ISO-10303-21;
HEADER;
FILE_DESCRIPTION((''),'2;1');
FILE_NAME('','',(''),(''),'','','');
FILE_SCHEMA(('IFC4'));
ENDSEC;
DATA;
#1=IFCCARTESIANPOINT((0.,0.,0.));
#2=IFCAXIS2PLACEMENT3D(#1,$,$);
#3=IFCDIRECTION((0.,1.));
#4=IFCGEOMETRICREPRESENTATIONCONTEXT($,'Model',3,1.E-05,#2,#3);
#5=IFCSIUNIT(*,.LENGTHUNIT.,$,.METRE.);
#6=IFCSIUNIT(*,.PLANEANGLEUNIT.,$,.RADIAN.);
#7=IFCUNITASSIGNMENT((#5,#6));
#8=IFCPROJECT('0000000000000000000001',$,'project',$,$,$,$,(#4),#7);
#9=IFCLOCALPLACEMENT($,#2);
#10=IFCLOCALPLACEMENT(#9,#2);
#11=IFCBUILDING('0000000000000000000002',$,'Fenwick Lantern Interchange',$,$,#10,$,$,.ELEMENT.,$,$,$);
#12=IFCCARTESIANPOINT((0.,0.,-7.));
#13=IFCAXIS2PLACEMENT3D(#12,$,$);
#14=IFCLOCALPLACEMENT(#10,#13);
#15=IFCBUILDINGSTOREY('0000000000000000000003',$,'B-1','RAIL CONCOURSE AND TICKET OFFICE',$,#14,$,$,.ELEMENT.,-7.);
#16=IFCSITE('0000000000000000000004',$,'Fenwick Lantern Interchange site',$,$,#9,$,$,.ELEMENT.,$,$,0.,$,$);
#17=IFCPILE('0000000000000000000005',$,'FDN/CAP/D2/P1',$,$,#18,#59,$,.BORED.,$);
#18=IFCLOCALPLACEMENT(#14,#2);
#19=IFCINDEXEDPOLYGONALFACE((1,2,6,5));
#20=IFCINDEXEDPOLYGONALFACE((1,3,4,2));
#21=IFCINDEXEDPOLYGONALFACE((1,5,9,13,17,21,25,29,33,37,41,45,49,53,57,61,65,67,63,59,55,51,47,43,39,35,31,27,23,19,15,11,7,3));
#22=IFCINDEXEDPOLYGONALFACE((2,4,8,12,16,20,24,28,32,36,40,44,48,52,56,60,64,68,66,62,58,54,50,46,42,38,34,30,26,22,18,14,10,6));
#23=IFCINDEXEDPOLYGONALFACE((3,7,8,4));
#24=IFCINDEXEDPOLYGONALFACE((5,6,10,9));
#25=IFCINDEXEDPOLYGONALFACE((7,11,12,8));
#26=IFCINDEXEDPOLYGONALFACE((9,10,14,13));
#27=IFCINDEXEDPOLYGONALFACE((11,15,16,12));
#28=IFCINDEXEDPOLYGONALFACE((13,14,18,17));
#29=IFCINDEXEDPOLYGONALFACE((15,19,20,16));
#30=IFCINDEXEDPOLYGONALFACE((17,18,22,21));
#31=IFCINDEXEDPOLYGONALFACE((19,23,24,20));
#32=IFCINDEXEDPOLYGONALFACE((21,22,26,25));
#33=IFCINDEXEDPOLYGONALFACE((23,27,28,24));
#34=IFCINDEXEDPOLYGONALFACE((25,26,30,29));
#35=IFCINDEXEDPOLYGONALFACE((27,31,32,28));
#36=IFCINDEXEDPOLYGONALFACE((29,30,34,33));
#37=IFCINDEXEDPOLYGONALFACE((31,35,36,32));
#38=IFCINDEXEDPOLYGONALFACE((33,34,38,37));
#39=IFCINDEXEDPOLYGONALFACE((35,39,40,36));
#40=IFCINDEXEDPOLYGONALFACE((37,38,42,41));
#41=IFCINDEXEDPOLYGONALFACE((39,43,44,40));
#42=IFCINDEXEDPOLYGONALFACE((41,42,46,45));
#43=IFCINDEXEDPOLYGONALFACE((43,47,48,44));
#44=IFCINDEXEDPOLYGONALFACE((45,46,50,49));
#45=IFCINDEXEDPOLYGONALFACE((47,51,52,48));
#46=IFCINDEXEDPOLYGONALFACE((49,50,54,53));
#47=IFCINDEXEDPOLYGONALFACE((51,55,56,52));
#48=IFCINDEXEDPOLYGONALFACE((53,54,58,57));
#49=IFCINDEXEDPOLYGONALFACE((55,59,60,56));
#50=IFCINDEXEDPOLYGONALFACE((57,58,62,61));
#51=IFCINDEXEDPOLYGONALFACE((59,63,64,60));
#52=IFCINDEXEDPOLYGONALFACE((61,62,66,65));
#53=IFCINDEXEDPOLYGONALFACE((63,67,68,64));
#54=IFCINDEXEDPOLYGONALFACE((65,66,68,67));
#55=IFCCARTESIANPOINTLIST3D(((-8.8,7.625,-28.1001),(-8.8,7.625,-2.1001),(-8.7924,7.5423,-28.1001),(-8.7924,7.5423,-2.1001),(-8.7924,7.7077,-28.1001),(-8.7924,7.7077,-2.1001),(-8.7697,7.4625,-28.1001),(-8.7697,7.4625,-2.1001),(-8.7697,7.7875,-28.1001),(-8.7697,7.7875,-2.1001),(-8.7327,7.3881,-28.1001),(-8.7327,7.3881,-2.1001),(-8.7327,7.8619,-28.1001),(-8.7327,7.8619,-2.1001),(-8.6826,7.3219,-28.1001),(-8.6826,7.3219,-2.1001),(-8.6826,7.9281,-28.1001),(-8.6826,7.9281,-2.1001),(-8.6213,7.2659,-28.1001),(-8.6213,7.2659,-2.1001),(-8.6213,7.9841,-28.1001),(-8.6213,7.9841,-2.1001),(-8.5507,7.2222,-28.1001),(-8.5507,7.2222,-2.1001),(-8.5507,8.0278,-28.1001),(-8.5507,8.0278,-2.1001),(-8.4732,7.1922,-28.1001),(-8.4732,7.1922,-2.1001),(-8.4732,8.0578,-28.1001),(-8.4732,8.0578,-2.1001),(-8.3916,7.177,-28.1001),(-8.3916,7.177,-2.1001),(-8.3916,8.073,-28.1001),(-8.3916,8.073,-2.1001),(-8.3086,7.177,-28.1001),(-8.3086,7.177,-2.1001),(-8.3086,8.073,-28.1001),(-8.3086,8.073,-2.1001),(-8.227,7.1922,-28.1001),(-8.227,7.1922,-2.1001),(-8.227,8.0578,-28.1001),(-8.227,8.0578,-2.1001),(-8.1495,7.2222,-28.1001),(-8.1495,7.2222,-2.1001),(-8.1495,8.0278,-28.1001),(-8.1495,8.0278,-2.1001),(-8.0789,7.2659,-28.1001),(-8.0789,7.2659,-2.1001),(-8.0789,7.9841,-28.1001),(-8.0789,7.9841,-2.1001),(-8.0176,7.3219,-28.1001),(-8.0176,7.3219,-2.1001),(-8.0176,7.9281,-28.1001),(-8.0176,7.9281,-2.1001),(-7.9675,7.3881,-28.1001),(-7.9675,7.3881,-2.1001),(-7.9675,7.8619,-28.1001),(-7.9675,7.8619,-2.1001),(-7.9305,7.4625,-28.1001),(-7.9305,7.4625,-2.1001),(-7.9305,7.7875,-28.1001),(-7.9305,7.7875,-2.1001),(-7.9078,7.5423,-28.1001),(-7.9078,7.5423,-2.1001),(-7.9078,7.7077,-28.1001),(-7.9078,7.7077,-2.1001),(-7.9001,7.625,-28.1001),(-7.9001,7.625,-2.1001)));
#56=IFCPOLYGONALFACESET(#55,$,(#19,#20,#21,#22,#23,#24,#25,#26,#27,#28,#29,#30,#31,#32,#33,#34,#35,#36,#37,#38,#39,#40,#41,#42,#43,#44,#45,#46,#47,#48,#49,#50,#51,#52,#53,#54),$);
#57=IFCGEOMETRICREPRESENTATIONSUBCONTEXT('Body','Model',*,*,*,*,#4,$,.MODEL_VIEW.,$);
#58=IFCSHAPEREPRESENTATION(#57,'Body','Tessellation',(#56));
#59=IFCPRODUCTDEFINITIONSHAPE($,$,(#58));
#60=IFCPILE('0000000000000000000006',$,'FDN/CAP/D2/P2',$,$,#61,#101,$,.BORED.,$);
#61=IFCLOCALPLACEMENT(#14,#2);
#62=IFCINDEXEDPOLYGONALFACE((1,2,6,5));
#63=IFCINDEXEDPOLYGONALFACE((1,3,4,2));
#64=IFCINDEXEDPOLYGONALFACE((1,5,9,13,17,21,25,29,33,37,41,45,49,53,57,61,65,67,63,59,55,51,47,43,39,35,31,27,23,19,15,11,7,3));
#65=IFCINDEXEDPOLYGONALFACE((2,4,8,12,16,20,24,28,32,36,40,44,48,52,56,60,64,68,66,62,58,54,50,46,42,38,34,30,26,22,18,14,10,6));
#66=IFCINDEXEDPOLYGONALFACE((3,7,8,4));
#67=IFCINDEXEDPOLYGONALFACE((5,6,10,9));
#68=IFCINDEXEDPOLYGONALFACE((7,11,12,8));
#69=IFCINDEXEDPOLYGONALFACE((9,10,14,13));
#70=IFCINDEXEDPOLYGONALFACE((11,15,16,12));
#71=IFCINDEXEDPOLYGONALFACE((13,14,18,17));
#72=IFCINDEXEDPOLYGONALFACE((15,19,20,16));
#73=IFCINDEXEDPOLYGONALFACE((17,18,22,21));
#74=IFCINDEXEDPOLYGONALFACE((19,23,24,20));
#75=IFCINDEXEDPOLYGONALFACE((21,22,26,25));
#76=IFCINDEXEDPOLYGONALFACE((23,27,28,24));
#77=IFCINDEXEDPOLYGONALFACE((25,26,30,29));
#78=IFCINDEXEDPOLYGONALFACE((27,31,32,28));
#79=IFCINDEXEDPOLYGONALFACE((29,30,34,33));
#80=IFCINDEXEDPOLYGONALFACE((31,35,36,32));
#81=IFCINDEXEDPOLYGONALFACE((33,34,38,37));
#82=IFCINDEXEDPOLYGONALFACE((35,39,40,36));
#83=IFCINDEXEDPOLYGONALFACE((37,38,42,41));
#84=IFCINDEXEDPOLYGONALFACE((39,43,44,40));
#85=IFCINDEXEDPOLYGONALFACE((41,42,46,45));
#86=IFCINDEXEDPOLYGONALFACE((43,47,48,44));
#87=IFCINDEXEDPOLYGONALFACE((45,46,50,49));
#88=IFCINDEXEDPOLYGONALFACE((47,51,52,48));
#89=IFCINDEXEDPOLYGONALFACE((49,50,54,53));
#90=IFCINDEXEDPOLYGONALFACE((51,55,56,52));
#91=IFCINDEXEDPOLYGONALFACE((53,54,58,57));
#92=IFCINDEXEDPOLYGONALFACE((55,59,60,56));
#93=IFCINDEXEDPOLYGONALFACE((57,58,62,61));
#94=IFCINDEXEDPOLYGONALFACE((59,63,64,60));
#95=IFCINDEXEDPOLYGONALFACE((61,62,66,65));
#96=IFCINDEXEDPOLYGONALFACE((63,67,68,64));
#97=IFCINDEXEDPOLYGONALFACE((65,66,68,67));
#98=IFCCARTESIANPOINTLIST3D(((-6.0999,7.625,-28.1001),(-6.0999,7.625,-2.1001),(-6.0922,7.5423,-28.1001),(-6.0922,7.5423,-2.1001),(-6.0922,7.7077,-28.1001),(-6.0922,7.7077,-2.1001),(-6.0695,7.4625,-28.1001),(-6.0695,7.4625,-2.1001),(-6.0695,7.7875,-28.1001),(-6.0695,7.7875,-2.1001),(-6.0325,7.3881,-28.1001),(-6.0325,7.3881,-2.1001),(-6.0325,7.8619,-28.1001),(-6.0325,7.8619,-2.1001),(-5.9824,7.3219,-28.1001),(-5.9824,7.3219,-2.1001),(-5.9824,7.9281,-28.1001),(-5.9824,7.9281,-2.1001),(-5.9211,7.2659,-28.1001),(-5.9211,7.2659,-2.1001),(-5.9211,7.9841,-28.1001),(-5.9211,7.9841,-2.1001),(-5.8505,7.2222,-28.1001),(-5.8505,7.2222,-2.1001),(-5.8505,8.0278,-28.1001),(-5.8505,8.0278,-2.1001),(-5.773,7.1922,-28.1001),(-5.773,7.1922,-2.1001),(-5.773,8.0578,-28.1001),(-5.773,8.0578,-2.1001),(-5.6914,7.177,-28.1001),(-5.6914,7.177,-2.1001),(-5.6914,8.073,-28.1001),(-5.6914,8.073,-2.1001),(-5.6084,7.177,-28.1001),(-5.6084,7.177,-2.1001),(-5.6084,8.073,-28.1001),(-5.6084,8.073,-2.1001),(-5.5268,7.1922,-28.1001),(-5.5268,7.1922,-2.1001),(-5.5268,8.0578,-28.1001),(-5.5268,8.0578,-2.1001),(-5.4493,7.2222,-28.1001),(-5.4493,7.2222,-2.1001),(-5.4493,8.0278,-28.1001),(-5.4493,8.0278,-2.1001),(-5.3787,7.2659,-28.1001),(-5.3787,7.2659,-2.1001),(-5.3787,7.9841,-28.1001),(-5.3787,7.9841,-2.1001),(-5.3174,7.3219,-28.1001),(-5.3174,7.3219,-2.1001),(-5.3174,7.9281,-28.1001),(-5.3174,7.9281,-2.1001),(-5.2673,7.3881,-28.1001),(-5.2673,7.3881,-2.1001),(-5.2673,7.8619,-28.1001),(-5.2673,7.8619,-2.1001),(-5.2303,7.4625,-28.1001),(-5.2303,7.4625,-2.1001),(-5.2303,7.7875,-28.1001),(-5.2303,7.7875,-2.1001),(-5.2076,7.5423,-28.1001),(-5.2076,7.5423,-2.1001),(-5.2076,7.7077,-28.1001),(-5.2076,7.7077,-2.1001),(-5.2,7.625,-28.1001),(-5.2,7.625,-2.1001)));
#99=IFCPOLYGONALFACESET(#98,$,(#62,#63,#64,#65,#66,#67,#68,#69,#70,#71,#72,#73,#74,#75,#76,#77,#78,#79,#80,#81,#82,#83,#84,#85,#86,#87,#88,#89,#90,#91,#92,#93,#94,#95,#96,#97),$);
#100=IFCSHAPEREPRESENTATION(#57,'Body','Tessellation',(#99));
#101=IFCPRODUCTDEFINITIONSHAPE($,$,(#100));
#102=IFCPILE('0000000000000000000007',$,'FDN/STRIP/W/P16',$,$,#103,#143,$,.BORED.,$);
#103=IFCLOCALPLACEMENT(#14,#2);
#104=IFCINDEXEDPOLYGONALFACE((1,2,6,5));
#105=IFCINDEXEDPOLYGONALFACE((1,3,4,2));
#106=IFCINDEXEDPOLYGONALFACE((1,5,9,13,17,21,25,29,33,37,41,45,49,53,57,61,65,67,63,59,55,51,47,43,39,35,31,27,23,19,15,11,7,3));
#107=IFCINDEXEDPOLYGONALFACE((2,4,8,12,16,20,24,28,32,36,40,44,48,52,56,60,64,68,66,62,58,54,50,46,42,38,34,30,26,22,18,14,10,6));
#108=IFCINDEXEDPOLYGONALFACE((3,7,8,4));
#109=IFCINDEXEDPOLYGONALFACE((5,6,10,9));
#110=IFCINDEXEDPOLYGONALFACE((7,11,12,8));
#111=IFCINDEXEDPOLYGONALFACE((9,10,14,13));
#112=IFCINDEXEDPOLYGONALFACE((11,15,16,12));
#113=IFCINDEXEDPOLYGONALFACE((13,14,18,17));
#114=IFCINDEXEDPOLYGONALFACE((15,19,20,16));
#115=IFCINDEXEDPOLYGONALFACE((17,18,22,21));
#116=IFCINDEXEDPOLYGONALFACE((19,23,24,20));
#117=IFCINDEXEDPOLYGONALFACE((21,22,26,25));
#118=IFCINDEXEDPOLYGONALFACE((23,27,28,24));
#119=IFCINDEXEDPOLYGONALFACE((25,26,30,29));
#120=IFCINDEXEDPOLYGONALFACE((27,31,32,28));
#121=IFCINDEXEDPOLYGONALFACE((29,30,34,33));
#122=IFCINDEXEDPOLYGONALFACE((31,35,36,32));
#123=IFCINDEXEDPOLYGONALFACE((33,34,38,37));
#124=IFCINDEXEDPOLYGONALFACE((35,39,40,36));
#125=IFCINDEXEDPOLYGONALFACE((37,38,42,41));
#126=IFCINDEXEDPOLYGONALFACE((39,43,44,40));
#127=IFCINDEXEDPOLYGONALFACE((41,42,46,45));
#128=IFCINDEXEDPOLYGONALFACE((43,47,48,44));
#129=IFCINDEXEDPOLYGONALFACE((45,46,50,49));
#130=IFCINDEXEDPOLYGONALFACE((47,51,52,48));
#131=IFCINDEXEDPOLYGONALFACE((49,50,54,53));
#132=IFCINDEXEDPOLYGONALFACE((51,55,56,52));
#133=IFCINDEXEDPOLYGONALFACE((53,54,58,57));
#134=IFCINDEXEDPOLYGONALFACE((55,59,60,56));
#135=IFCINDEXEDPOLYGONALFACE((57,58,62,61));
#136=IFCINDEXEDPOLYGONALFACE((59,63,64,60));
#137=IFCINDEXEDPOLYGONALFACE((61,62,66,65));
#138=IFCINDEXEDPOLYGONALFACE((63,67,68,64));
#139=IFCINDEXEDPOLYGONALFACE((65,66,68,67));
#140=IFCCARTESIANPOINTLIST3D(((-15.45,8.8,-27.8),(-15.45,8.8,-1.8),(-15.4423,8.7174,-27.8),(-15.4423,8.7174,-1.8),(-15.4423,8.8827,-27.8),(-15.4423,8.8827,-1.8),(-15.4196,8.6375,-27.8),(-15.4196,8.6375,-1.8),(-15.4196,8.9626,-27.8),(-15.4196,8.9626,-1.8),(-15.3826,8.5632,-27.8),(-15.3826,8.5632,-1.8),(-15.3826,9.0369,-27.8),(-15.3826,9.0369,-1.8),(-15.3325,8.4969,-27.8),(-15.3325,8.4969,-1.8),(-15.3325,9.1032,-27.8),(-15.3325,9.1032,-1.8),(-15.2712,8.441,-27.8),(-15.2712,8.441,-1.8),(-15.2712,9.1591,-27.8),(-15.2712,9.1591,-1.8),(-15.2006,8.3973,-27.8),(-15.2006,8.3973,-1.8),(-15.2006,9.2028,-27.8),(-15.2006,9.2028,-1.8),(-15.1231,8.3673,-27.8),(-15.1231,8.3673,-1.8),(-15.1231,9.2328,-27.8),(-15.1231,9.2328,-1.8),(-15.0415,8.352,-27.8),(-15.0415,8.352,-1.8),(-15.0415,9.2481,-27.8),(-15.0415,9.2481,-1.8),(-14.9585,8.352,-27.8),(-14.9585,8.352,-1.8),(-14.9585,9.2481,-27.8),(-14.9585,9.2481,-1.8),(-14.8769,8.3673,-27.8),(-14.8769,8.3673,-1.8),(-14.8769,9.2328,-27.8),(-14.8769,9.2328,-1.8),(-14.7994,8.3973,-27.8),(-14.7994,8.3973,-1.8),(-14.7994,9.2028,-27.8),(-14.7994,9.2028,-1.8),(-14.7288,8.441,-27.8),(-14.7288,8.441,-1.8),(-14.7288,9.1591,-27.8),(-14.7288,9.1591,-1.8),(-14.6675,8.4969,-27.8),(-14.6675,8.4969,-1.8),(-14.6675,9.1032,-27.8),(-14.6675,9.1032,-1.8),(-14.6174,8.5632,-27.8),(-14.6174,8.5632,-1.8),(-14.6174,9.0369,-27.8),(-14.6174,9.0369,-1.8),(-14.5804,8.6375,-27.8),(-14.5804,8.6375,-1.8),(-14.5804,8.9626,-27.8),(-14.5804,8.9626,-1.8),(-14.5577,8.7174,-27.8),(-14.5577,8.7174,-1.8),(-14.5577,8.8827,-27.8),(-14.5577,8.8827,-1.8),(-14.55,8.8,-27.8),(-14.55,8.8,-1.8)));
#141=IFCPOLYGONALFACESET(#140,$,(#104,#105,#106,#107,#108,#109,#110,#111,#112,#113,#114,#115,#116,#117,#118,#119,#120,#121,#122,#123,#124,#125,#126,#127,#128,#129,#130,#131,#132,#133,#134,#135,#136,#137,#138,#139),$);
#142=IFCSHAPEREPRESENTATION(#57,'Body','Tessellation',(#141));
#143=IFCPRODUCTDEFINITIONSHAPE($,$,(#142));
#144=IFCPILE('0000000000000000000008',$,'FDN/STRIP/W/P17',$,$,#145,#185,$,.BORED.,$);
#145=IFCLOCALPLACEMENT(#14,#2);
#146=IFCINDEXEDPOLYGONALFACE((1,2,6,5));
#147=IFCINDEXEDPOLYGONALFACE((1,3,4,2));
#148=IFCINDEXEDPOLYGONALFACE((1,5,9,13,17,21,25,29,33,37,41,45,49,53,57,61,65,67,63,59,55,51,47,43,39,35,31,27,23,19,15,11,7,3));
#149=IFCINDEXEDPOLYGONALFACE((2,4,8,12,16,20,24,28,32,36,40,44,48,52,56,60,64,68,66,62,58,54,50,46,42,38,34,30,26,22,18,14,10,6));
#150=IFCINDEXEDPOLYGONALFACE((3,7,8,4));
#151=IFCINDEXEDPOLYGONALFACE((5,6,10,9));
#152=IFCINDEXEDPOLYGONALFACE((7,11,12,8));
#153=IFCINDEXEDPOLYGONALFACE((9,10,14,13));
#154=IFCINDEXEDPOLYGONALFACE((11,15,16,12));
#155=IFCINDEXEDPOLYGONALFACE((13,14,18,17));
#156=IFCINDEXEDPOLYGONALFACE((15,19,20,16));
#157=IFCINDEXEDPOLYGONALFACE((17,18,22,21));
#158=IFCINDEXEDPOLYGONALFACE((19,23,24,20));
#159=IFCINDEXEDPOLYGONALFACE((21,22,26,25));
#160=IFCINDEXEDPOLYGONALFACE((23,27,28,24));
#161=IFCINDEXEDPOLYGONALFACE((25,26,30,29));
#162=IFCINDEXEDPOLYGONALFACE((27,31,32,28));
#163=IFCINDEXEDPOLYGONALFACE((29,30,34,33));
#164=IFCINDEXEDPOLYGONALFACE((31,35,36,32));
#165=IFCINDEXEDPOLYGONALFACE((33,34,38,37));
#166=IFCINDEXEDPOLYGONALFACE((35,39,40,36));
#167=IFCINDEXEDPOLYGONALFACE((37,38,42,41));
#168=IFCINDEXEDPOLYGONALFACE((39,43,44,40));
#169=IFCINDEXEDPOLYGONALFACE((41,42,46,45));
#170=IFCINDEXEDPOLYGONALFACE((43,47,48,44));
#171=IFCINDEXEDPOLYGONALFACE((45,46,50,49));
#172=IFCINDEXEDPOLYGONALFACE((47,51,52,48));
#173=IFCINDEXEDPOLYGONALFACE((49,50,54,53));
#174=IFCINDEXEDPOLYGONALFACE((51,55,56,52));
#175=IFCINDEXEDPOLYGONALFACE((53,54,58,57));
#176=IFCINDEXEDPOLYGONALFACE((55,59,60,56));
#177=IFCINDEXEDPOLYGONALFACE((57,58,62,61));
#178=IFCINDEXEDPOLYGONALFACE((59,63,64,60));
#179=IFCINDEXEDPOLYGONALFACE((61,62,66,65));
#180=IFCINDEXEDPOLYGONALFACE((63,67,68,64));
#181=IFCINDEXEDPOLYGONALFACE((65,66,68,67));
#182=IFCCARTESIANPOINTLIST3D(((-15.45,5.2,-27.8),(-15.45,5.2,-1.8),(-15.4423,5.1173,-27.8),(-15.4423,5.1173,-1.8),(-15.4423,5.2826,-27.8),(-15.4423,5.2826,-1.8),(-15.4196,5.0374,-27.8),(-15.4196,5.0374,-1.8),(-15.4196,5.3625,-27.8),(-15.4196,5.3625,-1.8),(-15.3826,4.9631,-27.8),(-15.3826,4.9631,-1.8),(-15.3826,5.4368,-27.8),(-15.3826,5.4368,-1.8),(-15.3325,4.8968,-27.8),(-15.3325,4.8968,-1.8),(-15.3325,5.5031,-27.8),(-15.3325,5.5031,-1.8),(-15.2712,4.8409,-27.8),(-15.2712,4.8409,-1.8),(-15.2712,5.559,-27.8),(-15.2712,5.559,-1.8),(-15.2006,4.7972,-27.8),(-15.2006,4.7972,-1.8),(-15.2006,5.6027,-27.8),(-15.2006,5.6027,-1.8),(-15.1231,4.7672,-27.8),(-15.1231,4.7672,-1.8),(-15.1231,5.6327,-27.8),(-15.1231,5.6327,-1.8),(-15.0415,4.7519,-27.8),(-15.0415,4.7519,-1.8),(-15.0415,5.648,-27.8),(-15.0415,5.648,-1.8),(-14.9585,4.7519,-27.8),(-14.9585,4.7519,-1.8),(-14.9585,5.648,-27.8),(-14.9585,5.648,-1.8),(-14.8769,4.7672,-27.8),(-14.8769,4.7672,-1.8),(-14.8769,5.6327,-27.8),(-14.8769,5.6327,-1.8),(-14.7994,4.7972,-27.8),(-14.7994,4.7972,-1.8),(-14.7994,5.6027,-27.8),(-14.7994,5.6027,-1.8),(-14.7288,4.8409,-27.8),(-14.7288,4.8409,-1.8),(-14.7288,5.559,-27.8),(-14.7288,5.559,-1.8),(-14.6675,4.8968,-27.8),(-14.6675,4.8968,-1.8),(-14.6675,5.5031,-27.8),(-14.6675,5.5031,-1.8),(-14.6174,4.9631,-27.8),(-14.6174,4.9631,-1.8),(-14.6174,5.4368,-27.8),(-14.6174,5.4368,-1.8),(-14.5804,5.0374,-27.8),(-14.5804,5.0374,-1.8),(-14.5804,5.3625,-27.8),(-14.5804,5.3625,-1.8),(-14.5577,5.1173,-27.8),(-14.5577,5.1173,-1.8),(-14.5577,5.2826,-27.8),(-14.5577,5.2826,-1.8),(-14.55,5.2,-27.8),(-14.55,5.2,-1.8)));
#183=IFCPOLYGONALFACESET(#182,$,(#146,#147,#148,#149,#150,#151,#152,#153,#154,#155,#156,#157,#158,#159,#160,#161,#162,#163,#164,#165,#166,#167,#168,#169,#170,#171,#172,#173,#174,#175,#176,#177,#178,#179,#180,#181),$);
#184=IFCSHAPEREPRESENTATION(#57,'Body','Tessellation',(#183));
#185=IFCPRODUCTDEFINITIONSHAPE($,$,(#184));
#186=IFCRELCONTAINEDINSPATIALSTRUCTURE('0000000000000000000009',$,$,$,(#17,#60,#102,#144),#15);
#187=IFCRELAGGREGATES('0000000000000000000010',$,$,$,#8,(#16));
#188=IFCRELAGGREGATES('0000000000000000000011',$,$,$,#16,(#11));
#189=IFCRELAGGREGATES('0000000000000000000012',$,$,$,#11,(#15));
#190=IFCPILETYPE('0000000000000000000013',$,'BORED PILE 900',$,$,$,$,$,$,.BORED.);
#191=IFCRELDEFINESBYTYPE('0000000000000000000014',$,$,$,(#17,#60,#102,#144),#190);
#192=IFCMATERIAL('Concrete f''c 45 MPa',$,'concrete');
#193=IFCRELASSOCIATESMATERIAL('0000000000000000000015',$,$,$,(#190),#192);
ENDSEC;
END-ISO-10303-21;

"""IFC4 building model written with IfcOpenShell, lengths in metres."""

from ifc_helpers import new_model, si_unit, direction, frame, origin, origin_2d, place, context, subcontext, project, spatial, circle, extrude, material, type_object, element, save


model = new_model("IFC4")

# Units and contexts
model_context = context("Model", 3, precision=1e-05, world=origin(), true_north=direction((0.0, 1.0)))
body_context = subcontext(model_context, "Body", "Model", "MODEL_VIEW")
ifc_project = project(units=[si_unit("LENGTHUNIT", "METRE"), si_unit("PLANEANGLEUNIT", "RADIAN")], contexts=[model_context])

# Site, building, storey
site_placement = place(None, origin())
site = spatial("IfcSite", under=ifc_project, at=site_placement, Name="Fenwick Lantern Interchange site", CompositionType="ELEMENT", RefElevation=0.0)
building_placement = place(site_placement, origin())
building = spatial("IfcBuilding", under=site, at=building_placement, Name="Fenwick Lantern Interchange", CompositionType="ELEMENT")
storey_placement = place(building_placement, frame((0.0, 0.0, -7.0)))
storey = spatial("IfcBuildingStorey", under=building, at=storey_placement, Name="B-1", Description="RAIL CONCOURSE AND TICKET OFFICE", CompositionType="ELEMENT", Elevation=-7.0)

# Piles
ifc_material_1 = material(Name="Concrete f'c 45 MPa", Category="concrete")
pile_type_1 = type_object("IfcPileType", Name="BORED PILE 900", PredefinedType="BORED", material=ifc_material_1)
for number, where, z_axis, x_axis, name in (
    (1, (-8.3501, 7.625, -2.1001), (0.0, 0.0, -1.0), (1.0, 0.0, 0.0), "FDN/CAP/D2/P1"),
    (2, (-5.6499, 7.625, -2.1001), (0.0, 0.0, -1.0), (1.0, 0.0, 0.0), "FDN/CAP/D2/P2"),
    (3, (-15.0, 8.8, -1.8), (0.0, 0.0, -1.0), (1.0, 0.0, 0.0), "FDN/STRIP/W/P16"),
    (4, (-15.0, 5.2, -1.8), (0.0, 0.0, -1.0), (1.0, 0.0, 0.0), "FDN/STRIP/W/P17"),
):
    element("IfcPile", number, at=place(storey_placement, frame(where, z_axis=z_axis, x_axis=x_axis)), inside=storey, type_object=pile_type_1, Name=name, PredefinedType="BORED", context=body_context, shape_type="SweptSolid", body=[
        extrude(circle(Radius=0.45, at=origin_2d()), origin(), (0.0, 0.0, 1.0), 26.0),
    ])

save(model, "model.ifc")
